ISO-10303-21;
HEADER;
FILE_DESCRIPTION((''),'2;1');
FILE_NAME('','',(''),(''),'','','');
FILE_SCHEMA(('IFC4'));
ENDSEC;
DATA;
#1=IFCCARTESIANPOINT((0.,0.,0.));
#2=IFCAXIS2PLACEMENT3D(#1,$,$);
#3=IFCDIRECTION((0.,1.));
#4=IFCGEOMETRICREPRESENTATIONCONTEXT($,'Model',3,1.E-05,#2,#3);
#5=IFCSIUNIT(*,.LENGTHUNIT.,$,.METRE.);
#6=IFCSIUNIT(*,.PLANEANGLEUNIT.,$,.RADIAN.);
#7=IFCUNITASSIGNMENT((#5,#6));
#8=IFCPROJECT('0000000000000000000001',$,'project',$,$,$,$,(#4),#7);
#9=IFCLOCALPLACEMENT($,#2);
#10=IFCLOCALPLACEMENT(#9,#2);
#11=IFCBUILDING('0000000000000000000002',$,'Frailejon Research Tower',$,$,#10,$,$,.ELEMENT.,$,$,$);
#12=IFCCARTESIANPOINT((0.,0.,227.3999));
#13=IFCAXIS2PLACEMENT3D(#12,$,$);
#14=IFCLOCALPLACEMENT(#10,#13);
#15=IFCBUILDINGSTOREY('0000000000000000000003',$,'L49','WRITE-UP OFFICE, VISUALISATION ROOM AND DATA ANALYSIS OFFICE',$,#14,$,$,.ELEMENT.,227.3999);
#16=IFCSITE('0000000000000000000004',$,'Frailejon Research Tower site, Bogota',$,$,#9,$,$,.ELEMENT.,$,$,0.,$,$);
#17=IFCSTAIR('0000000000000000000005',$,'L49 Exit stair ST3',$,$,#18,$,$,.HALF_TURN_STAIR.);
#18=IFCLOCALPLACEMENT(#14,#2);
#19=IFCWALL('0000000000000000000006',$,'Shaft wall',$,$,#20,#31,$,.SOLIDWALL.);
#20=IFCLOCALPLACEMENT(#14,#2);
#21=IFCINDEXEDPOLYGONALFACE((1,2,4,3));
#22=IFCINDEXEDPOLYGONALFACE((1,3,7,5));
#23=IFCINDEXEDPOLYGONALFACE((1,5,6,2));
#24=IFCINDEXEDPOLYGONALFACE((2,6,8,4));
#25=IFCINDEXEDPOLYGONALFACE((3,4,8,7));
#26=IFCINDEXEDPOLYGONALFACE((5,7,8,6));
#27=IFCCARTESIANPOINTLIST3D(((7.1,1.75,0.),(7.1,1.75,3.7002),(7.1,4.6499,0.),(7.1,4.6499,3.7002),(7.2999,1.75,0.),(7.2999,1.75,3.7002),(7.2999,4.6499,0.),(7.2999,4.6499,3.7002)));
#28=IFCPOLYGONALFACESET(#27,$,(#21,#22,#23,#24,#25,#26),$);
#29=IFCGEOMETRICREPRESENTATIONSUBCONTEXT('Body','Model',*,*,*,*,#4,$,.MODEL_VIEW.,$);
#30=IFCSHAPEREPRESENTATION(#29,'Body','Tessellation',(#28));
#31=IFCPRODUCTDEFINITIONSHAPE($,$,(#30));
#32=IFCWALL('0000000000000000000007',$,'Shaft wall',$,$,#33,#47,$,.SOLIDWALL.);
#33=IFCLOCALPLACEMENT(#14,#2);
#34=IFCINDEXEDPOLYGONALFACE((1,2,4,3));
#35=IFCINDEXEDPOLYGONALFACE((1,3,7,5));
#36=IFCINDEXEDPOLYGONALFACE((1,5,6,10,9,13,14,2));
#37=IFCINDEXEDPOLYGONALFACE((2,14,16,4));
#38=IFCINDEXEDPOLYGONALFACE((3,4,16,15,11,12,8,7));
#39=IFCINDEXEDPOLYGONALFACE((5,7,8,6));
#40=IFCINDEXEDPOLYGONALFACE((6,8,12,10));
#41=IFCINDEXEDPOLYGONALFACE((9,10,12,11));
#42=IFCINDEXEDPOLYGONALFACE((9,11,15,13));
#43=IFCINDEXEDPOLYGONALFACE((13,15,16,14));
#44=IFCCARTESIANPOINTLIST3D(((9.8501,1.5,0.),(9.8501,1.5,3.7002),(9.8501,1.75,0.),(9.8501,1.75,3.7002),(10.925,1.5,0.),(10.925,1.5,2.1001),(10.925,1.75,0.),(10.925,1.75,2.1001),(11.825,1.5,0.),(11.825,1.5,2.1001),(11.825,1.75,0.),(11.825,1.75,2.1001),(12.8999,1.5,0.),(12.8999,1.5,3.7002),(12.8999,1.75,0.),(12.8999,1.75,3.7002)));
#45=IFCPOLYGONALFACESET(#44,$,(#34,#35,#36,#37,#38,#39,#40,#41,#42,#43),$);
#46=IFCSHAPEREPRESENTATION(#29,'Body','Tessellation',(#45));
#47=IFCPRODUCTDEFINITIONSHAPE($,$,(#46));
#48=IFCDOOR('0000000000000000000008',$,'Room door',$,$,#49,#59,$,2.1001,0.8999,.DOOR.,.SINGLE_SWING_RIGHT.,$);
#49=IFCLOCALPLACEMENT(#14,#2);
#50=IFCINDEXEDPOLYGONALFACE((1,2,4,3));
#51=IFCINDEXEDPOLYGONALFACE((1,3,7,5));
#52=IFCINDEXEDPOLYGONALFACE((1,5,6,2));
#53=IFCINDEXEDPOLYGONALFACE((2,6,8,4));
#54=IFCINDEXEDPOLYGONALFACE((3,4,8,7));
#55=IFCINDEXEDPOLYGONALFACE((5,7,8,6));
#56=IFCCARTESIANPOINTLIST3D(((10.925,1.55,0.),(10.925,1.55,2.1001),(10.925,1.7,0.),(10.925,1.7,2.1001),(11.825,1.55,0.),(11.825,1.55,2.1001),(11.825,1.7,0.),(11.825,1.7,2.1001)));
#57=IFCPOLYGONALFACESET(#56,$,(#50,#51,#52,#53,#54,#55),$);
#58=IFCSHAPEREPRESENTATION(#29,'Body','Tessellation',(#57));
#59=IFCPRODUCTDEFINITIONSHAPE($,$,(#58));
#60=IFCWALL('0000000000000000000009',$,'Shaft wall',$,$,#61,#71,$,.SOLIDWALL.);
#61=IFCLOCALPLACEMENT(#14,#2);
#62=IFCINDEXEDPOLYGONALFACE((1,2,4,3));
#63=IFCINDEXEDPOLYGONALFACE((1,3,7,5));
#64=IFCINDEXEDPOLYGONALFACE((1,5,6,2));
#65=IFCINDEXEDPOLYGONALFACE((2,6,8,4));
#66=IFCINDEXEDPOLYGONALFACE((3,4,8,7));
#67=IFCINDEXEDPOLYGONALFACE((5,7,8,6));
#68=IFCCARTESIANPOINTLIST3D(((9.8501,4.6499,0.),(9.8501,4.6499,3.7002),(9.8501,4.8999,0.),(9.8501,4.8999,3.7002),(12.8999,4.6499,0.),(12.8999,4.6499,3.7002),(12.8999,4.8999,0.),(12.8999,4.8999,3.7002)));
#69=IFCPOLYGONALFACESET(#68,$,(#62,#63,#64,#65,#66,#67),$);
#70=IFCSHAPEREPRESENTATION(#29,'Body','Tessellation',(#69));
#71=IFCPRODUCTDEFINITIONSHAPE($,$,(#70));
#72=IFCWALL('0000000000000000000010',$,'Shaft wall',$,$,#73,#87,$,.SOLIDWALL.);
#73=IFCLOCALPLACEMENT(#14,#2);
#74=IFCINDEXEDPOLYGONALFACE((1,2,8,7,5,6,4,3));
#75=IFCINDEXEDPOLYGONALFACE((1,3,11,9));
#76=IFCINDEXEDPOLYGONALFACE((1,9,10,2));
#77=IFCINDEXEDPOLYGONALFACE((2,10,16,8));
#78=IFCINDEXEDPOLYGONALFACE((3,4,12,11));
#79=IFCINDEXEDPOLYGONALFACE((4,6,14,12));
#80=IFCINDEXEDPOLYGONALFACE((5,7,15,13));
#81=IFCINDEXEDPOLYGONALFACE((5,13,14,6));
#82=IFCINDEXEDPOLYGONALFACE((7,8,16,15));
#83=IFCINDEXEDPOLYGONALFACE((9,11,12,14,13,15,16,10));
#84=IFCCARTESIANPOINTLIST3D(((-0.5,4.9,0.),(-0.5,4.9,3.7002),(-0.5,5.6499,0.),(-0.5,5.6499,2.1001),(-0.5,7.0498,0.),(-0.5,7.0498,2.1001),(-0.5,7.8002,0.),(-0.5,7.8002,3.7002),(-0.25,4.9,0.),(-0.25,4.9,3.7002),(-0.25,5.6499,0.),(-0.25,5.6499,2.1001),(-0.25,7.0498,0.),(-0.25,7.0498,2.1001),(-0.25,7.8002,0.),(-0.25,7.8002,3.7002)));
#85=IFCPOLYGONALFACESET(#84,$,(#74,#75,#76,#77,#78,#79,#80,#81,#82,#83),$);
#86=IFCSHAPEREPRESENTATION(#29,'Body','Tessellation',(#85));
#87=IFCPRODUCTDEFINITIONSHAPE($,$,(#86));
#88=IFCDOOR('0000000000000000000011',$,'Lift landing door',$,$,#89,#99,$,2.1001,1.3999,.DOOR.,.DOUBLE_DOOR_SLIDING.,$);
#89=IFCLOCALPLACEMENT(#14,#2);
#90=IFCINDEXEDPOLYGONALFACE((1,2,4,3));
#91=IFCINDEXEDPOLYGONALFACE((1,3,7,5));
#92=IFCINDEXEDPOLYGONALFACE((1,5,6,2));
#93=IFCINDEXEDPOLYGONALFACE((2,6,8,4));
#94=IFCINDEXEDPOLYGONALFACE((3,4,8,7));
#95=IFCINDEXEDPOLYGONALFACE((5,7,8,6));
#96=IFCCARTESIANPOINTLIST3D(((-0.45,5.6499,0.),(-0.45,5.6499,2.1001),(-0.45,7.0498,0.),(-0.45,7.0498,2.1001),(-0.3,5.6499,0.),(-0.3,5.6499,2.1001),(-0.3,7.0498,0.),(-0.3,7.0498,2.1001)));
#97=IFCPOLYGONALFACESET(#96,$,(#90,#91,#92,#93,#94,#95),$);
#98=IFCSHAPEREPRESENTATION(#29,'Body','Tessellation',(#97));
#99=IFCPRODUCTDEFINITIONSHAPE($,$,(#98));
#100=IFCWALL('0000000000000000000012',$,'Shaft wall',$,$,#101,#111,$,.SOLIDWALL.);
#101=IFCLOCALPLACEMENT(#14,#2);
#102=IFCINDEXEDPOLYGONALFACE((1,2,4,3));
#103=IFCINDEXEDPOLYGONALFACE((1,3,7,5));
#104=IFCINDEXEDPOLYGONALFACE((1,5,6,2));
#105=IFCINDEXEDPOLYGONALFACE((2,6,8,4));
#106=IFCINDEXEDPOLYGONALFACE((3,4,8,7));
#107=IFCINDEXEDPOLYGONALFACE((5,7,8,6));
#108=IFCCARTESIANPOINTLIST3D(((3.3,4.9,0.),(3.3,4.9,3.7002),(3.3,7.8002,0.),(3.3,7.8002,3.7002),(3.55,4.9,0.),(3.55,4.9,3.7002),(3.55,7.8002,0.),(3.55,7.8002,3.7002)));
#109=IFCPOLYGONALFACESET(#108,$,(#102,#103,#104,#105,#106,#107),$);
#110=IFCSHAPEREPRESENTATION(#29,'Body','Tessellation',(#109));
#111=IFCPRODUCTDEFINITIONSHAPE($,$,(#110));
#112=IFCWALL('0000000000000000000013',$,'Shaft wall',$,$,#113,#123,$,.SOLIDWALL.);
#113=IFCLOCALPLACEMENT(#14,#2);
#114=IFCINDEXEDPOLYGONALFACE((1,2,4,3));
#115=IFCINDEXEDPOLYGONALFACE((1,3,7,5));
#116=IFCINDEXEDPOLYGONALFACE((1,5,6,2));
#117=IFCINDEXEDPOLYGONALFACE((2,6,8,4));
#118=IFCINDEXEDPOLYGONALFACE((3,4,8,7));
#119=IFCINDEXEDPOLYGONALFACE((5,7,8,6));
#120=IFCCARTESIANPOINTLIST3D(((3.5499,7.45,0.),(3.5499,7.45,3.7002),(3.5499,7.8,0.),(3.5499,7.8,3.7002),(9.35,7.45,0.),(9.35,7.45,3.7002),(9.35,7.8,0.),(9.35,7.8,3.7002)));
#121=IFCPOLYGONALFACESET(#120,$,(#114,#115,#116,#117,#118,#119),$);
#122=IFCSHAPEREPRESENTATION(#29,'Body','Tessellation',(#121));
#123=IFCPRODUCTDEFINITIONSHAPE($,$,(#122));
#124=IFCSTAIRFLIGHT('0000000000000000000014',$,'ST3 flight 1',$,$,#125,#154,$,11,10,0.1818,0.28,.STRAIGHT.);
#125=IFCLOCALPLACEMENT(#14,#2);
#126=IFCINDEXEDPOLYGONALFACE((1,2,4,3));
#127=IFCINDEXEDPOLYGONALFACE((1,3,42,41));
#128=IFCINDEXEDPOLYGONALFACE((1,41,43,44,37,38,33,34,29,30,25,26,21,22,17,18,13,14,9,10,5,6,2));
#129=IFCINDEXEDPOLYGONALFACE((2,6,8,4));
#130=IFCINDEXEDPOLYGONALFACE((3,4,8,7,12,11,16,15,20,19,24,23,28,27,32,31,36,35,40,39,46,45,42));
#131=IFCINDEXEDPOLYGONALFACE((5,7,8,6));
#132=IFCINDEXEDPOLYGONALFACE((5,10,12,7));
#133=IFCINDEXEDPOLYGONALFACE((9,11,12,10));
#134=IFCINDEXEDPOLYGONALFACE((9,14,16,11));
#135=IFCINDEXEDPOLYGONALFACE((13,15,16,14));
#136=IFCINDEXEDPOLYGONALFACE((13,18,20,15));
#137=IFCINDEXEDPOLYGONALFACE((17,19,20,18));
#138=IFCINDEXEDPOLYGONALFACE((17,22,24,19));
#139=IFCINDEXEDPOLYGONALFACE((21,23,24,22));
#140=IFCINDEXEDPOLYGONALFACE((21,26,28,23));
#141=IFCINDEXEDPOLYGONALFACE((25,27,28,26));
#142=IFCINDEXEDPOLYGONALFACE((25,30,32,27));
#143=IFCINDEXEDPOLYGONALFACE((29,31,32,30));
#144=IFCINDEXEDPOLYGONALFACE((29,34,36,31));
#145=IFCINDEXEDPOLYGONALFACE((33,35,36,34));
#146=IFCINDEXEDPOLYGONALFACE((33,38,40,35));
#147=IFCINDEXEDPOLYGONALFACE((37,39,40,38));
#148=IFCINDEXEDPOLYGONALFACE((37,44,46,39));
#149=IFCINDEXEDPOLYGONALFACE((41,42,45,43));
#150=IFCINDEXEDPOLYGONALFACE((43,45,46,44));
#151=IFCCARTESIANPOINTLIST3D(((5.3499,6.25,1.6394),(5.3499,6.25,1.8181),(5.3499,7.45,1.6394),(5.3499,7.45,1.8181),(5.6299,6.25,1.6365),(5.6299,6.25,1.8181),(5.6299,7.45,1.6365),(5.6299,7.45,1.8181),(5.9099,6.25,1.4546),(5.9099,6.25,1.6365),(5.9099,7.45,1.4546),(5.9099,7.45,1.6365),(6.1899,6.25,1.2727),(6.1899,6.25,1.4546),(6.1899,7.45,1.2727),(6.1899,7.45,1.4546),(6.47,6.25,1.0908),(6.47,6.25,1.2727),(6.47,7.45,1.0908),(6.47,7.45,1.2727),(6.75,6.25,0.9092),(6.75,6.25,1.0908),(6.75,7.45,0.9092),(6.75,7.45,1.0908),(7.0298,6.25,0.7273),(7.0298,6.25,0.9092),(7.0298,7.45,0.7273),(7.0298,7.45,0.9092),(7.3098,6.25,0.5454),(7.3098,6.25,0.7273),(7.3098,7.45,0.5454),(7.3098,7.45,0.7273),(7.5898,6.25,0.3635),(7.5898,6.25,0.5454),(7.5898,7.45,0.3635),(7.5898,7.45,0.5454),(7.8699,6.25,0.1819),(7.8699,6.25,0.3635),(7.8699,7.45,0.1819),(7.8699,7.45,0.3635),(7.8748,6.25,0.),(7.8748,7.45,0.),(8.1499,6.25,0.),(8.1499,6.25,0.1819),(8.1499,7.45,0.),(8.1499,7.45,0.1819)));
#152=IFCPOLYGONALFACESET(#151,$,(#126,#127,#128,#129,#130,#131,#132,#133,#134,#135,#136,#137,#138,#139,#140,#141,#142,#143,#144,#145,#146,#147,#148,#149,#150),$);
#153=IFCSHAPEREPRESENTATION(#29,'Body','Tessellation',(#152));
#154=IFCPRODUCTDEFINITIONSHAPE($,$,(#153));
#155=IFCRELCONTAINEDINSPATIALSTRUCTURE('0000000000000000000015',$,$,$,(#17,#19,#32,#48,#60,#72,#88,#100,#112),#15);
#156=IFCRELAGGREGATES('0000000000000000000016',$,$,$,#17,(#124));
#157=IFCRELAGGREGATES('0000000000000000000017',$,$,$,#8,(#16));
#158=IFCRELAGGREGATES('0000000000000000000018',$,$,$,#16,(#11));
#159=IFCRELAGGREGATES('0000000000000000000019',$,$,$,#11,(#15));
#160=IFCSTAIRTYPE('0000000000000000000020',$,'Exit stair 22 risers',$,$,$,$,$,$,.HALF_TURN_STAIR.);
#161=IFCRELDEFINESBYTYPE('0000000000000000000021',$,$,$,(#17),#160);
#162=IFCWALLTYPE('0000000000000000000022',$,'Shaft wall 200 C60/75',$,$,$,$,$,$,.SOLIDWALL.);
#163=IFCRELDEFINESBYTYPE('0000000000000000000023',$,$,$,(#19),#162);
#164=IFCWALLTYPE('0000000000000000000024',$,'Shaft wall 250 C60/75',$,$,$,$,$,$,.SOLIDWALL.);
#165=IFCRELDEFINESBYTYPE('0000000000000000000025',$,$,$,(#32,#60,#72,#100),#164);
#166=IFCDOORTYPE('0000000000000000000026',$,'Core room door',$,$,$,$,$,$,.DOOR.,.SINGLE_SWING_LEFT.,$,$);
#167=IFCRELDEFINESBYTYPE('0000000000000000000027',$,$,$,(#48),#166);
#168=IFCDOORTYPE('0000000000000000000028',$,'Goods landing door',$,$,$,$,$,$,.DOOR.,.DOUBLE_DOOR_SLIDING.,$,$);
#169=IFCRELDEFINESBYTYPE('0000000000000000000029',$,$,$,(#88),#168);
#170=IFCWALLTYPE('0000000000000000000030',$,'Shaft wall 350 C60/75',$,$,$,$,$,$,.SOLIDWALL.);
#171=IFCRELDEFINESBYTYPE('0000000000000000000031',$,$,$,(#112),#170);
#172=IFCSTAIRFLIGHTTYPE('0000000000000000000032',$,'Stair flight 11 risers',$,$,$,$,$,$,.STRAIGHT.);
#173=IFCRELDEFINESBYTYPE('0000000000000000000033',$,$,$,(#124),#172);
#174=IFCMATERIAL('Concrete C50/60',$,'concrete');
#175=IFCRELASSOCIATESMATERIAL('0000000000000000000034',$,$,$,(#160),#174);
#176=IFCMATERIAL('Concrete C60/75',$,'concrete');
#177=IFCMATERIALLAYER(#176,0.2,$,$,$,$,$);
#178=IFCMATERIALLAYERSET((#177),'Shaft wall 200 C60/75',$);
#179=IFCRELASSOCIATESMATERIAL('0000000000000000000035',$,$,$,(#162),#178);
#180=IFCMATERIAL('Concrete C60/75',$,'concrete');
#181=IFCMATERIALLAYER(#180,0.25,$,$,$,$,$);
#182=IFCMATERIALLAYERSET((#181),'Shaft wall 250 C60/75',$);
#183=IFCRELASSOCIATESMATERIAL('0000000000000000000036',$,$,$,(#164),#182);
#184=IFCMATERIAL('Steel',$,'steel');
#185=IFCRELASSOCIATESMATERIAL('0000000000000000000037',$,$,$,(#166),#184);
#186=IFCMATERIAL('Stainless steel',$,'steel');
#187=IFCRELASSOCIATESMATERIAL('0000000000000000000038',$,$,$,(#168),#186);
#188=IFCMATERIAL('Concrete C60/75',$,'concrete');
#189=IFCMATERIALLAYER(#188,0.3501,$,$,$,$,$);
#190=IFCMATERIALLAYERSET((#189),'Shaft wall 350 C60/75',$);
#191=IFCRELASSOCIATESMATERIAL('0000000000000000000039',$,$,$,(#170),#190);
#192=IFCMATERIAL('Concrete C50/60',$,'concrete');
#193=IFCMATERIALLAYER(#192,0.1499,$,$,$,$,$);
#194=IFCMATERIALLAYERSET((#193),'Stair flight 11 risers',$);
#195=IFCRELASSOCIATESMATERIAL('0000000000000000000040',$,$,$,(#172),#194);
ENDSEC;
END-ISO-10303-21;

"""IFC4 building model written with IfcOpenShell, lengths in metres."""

from ifc_helpers import new_model, si_unit, direction, frame, frame_2d, origin, place, context, subcontext, project, spatial, polyline, rectangle, outline, extrude, material, layer, layer_set, type_object, element, fill, aggregate, save


model = new_model("IFC4")

# Units and contexts
model_context = context("Model", 3, precision=1e-05, world=origin(), true_north=direction((0.0, 1.0)))
body_context = subcontext(model_context, "Body", "Model", "MODEL_VIEW")
ifc_project = project(units=[si_unit("LENGTHUNIT", "METRE"), si_unit("PLANEANGLEUNIT", "RADIAN")], contexts=[model_context])

# Site, building, storey
site_placement = place(None, origin())
site = spatial("IfcSite", under=ifc_project, at=site_placement, Name="Frailejon Research Tower site, Bogota", CompositionType="ELEMENT", RefElevation=0.0)
building_placement = place(site_placement, origin())
building = spatial("IfcBuilding", under=site, at=building_placement, Name="Frailejon Research Tower", CompositionType="ELEMENT")
storey_placement = place(building_placement, frame((0.0, 0.0, 227.3999)))
storey = spatial("IfcBuildingStorey", under=building, at=storey_placement, Name="L49", Description="WRITE-UP OFFICE, VISUALISATION ROOM AND DATA ANALYSIS OFFICE", CompositionType="ELEMENT", Elevation=227.3999)

# Stair
ifc_material_1 = material(Name="Concrete C50/60", Category="concrete")
stair_type = type_object("IfcStairType", Name="Exit stair 22 risers", PredefinedType="HALF_TURN_STAIR", material=ifc_material_1)
stair_1_placement = place(storey_placement, origin())
stair_1 = element("IfcStair", 1, at=stair_1_placement, inside=storey, type_object=stair_type, Name="L49 Exit stair ST3", PredefinedType="HALF_TURN_STAIR")

# Wall
ifc_material_2 = material(Name="Concrete C60/75", Category="concrete")
ifc_layer_1 = layer(ifc_material_2, 0.2)
ifc_layer_set_1 = layer_set([ifc_layer_1], Name="Shaft wall 200 C60/75")
wall_type_1 = type_object("IfcWallType", Name="Shaft wall 200 C60/75", PredefinedType="SOLIDWALL", material=ifc_layer_set_1)
for number, where, z_axis, x_axis, name in (
    (2, (7.2, 1.75, 0.0), (0.0, 0.0, 1.0), (0.0, 1.0, 0.0), "Shaft wall"),
):
    element("IfcWall", number, at=place(storey_placement, frame(where, z_axis=z_axis, x_axis=x_axis)), inside=storey, type_object=wall_type_1, Name=name, PredefinedType="SOLIDWALL", context=body_context, shape_type="SweptSolid", body=[
        extrude(rectangle(XDim=2.8999, YDim=0.2, at=frame_2d((1.45, 0.0))), origin(), (0.0, 0.0, 1.0), 3.7002),
    ])

# Wall, opening, door
ifc_material_3 = material(Name="Concrete C60/75", Category="concrete")
ifc_layer_2 = layer(ifc_material_3, 0.25)
ifc_layer_set_2 = layer_set([ifc_layer_2], Name="Shaft wall 250 C60/75")
wall_type_2 = type_object("IfcWallType", Name="Shaft wall 250 C60/75", PredefinedType="SOLIDWALL", material=ifc_layer_set_2)
wall_1_placement = place(storey_placement, frame((9.8501, 1.625, 0.0), z_axis=(0.0, 0.0, 1.0), x_axis=(1.0, 0.0, 0.0)))
wall_1 = element("IfcWall", 3, at=wall_1_placement, inside=storey, type_object=wall_type_2, Name="Shaft wall", PredefinedType="SOLIDWALL", context=body_context, shape_type="SweptSolid", body=[
    extrude(rectangle(XDim=3.0498, YDim=0.25, at=frame_2d((1.5249, 0.0))), origin(), (0.0, 0.0, 1.0), 3.7002),
])
opening_1_placement = place(wall_1_placement, frame((1.075, 0.0, 0.0)))
opening_1 = element("IfcOpeningElement", 4, at=opening_1_placement, cuts=wall_1, PredefinedType="OPENING", context=body_context, shape_type="SweptSolid", body=[
    extrude(rectangle(XDim=0.8999, YDim=2.1001, at=frame_2d((0.45, 1.05))), frame((0.0, 0.135, 0.0), z_axis=(0.0, -1.0, 0.0), x_axis=(1.0, 0.0, 0.0)), (0.0, 0.0, 1.0), 0.27),
])
ifc_material_4 = material(Name="Steel", Category="steel")
door_type_1 = type_object("IfcDoorType", Name="Core room door", OperationType="SINGLE_SWING_LEFT", PredefinedType="DOOR", material=ifc_material_4)
door_1_placement = place(opening_1_placement, origin())
door_1 = element("IfcDoor", 5, at=door_1_placement, inside=storey, type_object=door_type_1, Name="Room door", OperationType="SINGLE_SWING_RIGHT", OverallHeight=2.1001, OverallWidth=0.8999, PredefinedType="DOOR", context=body_context, shape_type="SweptSolid", body=[
    extrude(rectangle(XDim=0.8999, YDim=2.1001, at=frame_2d((0.45, 1.05))), frame((0.0, 0.075, 0.0), z_axis=(0.0, -1.0, 0.0), x_axis=(1.0, 0.0, 0.0)), (0.0, 0.0, 1.0), 0.1499),
])
fill(opening_1, door_1)

# Wall
wall_2_placement = place(storey_placement, frame((9.8501, 4.7749, 0.0), z_axis=(0.0, 0.0, 1.0), x_axis=(1.0, 0.0, 0.0)))
element("IfcWall", 6, at=wall_2_placement, inside=storey, type_object=wall_type_2, Name="Shaft wall", PredefinedType="SOLIDWALL", context=body_context, shape_type="SweptSolid", body=[
    extrude(rectangle(XDim=3.0498, YDim=0.25, at=frame_2d((1.5249, 0.0))), origin(), (0.0, 0.0, 1.0), 3.7002),
])

# Wall, opening, door
wall_3_placement = place(storey_placement, frame((-0.375, 4.8999, 0.0), z_axis=(0.0, 0.0, 1.0), x_axis=(0.0, 1.0, 0.0)))
wall_3 = element("IfcWall", 7, at=wall_3_placement, inside=storey, type_object=wall_type_2, Name="Shaft wall", PredefinedType="SOLIDWALL", context=body_context, shape_type="SweptSolid", body=[
    extrude(rectangle(XDim=2.9001, YDim=0.25, at=frame_2d((1.4502, 0.0))), origin(), (0.0, 0.0, 1.0), 3.7002),
])
opening_2_placement = place(wall_3_placement, frame((0.75, 0.0, 0.0)))
opening_2 = element("IfcOpeningElement", 8, at=opening_2_placement, cuts=wall_3, PredefinedType="OPENING", context=body_context, shape_type="SweptSolid", body=[
    extrude(rectangle(XDim=1.3999, YDim=2.1001, at=frame_2d((0.7, 1.05))), frame((0.0, 0.135, 0.0), z_axis=(0.0, -1.0, 0.0), x_axis=(1.0, 0.0, 0.0)), (0.0, 0.0, 1.0), 0.27),
])
ifc_material_5 = material(Name="Stainless steel", Category="steel")
door_type_2 = type_object("IfcDoorType", Name="Goods landing door", OperationType="DOUBLE_DOOR_SLIDING", PredefinedType="DOOR", material=ifc_material_5)
door_2_placement = place(opening_2_placement, origin())
door_2 = element("IfcDoor", 9, at=door_2_placement, inside=storey, type_object=door_type_2, Name="Lift landing door", OperationType="DOUBLE_DOOR_SLIDING", OverallHeight=2.1001, OverallWidth=1.3999, PredefinedType="DOOR", context=body_context, shape_type="SweptSolid", body=[
    extrude(rectangle(XDim=1.3999, YDim=2.1001, at=frame_2d((0.7, 1.05))), frame((0.0, 0.075, 0.0), z_axis=(0.0, -1.0, 0.0), x_axis=(1.0, 0.0, 0.0)), (0.0, 0.0, 1.0), 0.1499),
])
fill(opening_2, door_2)

# Walls
wall_4_placement = place(storey_placement, frame((3.425, 4.8999, 0.0), z_axis=(0.0, 0.0, 1.0), x_axis=(0.0, 1.0, 0.0)))
element("IfcWall", 10, at=wall_4_placement, inside=storey, type_object=wall_type_2, Name="Shaft wall", PredefinedType="SOLIDWALL", context=body_context, shape_type="SweptSolid", body=[
    extrude(rectangle(XDim=2.9001, YDim=0.25, at=frame_2d((1.4502, 0.0))), origin(), (0.0, 0.0, 1.0), 3.7002),
])
ifc_material_6 = material(Name="Concrete C60/75", Category="concrete")
ifc_layer_3 = layer(ifc_material_6, 0.3501)
ifc_layer_set_3 = layer_set([ifc_layer_3], Name="Shaft wall 350 C60/75")
wall_type_3 = type_object("IfcWallType", Name="Shaft wall 350 C60/75", PredefinedType="SOLIDWALL", material=ifc_layer_set_3)
wall_5_placement = place(storey_placement, frame((3.55, 7.625, 0.0), z_axis=(0.0, 0.0, 1.0), x_axis=(1.0, 0.0, 0.0)))
element("IfcWall", 11, at=wall_5_placement, inside=storey, type_object=wall_type_3, Name="Shaft wall", PredefinedType="SOLIDWALL", context=body_context, shape_type="SweptSolid", body=[
    extrude(rectangle(XDim=5.8, YDim=0.3501, at=frame_2d((2.8999, 0.0))), origin(), (0.0, 0.0, 1.0), 3.7002),
])

# Stair flight
ifc_material_7 = material(Name="Concrete C50/60", Category="concrete")
ifc_layer_4 = layer(ifc_material_7, 0.1499)
ifc_layer_set_4 = layer_set([ifc_layer_4], Name="Stair flight 11 risers")
stair_flight_type = type_object("IfcStairFlightType", Name="Stair flight 11 risers", PredefinedType="STRAIGHT", material=ifc_layer_set_4)
stair_flight_1_placement = place(storey_placement, frame((8.1499, 6.8501, 0.0), z_axis=(0.0, 0.0, 1.0), x_axis=(-1.0, 0.0, 0.0)))
stair_flight_1 = element("IfcStairFlight", 12, at=stair_flight_1_placement, type_object=stair_flight_type, Name="ST3 flight 1", NumberOfRisers=11, NumberOfTreads=10, PredefinedType="STRAIGHT", RiserHeight=0.1818, TreadLength=0.28, context=body_context, shape_type="SweptSolid", body=[
    extrude(outline(polyline([(0.0, 0.0), (0.0, 0.1819), (0.28, 0.1819), (0.28, 0.3635), (0.5601, 0.3635), (0.5601, 0.5454), (0.8401, 0.5454), (0.8401, 0.7273), (1.1201, 0.7273), (1.1201, 0.9092), (1.3999, 0.9092), (1.3999, 1.0908), (1.6799, 1.0908), (1.6799, 1.2727), (1.96, 1.2727), (1.96, 1.4546), (2.24, 1.4546), (2.24, 1.6365), (2.52, 1.6365), (2.52, 1.8181), (2.8, 1.8181), (2.8, 2.0), (2.8, 1.6394), (0.2751, 0.0), (0.0, 0.0)])), frame((0.0, 0.6001, 0.0), z_axis=(0.0, -1.0, 0.0), x_axis=(1.0, 0.0, 0.0)), (0.0, 0.0, 1.0), 1.2),
])
aggregate(stair_1, [stair_flight_1])

save(model, "model.ifc")
